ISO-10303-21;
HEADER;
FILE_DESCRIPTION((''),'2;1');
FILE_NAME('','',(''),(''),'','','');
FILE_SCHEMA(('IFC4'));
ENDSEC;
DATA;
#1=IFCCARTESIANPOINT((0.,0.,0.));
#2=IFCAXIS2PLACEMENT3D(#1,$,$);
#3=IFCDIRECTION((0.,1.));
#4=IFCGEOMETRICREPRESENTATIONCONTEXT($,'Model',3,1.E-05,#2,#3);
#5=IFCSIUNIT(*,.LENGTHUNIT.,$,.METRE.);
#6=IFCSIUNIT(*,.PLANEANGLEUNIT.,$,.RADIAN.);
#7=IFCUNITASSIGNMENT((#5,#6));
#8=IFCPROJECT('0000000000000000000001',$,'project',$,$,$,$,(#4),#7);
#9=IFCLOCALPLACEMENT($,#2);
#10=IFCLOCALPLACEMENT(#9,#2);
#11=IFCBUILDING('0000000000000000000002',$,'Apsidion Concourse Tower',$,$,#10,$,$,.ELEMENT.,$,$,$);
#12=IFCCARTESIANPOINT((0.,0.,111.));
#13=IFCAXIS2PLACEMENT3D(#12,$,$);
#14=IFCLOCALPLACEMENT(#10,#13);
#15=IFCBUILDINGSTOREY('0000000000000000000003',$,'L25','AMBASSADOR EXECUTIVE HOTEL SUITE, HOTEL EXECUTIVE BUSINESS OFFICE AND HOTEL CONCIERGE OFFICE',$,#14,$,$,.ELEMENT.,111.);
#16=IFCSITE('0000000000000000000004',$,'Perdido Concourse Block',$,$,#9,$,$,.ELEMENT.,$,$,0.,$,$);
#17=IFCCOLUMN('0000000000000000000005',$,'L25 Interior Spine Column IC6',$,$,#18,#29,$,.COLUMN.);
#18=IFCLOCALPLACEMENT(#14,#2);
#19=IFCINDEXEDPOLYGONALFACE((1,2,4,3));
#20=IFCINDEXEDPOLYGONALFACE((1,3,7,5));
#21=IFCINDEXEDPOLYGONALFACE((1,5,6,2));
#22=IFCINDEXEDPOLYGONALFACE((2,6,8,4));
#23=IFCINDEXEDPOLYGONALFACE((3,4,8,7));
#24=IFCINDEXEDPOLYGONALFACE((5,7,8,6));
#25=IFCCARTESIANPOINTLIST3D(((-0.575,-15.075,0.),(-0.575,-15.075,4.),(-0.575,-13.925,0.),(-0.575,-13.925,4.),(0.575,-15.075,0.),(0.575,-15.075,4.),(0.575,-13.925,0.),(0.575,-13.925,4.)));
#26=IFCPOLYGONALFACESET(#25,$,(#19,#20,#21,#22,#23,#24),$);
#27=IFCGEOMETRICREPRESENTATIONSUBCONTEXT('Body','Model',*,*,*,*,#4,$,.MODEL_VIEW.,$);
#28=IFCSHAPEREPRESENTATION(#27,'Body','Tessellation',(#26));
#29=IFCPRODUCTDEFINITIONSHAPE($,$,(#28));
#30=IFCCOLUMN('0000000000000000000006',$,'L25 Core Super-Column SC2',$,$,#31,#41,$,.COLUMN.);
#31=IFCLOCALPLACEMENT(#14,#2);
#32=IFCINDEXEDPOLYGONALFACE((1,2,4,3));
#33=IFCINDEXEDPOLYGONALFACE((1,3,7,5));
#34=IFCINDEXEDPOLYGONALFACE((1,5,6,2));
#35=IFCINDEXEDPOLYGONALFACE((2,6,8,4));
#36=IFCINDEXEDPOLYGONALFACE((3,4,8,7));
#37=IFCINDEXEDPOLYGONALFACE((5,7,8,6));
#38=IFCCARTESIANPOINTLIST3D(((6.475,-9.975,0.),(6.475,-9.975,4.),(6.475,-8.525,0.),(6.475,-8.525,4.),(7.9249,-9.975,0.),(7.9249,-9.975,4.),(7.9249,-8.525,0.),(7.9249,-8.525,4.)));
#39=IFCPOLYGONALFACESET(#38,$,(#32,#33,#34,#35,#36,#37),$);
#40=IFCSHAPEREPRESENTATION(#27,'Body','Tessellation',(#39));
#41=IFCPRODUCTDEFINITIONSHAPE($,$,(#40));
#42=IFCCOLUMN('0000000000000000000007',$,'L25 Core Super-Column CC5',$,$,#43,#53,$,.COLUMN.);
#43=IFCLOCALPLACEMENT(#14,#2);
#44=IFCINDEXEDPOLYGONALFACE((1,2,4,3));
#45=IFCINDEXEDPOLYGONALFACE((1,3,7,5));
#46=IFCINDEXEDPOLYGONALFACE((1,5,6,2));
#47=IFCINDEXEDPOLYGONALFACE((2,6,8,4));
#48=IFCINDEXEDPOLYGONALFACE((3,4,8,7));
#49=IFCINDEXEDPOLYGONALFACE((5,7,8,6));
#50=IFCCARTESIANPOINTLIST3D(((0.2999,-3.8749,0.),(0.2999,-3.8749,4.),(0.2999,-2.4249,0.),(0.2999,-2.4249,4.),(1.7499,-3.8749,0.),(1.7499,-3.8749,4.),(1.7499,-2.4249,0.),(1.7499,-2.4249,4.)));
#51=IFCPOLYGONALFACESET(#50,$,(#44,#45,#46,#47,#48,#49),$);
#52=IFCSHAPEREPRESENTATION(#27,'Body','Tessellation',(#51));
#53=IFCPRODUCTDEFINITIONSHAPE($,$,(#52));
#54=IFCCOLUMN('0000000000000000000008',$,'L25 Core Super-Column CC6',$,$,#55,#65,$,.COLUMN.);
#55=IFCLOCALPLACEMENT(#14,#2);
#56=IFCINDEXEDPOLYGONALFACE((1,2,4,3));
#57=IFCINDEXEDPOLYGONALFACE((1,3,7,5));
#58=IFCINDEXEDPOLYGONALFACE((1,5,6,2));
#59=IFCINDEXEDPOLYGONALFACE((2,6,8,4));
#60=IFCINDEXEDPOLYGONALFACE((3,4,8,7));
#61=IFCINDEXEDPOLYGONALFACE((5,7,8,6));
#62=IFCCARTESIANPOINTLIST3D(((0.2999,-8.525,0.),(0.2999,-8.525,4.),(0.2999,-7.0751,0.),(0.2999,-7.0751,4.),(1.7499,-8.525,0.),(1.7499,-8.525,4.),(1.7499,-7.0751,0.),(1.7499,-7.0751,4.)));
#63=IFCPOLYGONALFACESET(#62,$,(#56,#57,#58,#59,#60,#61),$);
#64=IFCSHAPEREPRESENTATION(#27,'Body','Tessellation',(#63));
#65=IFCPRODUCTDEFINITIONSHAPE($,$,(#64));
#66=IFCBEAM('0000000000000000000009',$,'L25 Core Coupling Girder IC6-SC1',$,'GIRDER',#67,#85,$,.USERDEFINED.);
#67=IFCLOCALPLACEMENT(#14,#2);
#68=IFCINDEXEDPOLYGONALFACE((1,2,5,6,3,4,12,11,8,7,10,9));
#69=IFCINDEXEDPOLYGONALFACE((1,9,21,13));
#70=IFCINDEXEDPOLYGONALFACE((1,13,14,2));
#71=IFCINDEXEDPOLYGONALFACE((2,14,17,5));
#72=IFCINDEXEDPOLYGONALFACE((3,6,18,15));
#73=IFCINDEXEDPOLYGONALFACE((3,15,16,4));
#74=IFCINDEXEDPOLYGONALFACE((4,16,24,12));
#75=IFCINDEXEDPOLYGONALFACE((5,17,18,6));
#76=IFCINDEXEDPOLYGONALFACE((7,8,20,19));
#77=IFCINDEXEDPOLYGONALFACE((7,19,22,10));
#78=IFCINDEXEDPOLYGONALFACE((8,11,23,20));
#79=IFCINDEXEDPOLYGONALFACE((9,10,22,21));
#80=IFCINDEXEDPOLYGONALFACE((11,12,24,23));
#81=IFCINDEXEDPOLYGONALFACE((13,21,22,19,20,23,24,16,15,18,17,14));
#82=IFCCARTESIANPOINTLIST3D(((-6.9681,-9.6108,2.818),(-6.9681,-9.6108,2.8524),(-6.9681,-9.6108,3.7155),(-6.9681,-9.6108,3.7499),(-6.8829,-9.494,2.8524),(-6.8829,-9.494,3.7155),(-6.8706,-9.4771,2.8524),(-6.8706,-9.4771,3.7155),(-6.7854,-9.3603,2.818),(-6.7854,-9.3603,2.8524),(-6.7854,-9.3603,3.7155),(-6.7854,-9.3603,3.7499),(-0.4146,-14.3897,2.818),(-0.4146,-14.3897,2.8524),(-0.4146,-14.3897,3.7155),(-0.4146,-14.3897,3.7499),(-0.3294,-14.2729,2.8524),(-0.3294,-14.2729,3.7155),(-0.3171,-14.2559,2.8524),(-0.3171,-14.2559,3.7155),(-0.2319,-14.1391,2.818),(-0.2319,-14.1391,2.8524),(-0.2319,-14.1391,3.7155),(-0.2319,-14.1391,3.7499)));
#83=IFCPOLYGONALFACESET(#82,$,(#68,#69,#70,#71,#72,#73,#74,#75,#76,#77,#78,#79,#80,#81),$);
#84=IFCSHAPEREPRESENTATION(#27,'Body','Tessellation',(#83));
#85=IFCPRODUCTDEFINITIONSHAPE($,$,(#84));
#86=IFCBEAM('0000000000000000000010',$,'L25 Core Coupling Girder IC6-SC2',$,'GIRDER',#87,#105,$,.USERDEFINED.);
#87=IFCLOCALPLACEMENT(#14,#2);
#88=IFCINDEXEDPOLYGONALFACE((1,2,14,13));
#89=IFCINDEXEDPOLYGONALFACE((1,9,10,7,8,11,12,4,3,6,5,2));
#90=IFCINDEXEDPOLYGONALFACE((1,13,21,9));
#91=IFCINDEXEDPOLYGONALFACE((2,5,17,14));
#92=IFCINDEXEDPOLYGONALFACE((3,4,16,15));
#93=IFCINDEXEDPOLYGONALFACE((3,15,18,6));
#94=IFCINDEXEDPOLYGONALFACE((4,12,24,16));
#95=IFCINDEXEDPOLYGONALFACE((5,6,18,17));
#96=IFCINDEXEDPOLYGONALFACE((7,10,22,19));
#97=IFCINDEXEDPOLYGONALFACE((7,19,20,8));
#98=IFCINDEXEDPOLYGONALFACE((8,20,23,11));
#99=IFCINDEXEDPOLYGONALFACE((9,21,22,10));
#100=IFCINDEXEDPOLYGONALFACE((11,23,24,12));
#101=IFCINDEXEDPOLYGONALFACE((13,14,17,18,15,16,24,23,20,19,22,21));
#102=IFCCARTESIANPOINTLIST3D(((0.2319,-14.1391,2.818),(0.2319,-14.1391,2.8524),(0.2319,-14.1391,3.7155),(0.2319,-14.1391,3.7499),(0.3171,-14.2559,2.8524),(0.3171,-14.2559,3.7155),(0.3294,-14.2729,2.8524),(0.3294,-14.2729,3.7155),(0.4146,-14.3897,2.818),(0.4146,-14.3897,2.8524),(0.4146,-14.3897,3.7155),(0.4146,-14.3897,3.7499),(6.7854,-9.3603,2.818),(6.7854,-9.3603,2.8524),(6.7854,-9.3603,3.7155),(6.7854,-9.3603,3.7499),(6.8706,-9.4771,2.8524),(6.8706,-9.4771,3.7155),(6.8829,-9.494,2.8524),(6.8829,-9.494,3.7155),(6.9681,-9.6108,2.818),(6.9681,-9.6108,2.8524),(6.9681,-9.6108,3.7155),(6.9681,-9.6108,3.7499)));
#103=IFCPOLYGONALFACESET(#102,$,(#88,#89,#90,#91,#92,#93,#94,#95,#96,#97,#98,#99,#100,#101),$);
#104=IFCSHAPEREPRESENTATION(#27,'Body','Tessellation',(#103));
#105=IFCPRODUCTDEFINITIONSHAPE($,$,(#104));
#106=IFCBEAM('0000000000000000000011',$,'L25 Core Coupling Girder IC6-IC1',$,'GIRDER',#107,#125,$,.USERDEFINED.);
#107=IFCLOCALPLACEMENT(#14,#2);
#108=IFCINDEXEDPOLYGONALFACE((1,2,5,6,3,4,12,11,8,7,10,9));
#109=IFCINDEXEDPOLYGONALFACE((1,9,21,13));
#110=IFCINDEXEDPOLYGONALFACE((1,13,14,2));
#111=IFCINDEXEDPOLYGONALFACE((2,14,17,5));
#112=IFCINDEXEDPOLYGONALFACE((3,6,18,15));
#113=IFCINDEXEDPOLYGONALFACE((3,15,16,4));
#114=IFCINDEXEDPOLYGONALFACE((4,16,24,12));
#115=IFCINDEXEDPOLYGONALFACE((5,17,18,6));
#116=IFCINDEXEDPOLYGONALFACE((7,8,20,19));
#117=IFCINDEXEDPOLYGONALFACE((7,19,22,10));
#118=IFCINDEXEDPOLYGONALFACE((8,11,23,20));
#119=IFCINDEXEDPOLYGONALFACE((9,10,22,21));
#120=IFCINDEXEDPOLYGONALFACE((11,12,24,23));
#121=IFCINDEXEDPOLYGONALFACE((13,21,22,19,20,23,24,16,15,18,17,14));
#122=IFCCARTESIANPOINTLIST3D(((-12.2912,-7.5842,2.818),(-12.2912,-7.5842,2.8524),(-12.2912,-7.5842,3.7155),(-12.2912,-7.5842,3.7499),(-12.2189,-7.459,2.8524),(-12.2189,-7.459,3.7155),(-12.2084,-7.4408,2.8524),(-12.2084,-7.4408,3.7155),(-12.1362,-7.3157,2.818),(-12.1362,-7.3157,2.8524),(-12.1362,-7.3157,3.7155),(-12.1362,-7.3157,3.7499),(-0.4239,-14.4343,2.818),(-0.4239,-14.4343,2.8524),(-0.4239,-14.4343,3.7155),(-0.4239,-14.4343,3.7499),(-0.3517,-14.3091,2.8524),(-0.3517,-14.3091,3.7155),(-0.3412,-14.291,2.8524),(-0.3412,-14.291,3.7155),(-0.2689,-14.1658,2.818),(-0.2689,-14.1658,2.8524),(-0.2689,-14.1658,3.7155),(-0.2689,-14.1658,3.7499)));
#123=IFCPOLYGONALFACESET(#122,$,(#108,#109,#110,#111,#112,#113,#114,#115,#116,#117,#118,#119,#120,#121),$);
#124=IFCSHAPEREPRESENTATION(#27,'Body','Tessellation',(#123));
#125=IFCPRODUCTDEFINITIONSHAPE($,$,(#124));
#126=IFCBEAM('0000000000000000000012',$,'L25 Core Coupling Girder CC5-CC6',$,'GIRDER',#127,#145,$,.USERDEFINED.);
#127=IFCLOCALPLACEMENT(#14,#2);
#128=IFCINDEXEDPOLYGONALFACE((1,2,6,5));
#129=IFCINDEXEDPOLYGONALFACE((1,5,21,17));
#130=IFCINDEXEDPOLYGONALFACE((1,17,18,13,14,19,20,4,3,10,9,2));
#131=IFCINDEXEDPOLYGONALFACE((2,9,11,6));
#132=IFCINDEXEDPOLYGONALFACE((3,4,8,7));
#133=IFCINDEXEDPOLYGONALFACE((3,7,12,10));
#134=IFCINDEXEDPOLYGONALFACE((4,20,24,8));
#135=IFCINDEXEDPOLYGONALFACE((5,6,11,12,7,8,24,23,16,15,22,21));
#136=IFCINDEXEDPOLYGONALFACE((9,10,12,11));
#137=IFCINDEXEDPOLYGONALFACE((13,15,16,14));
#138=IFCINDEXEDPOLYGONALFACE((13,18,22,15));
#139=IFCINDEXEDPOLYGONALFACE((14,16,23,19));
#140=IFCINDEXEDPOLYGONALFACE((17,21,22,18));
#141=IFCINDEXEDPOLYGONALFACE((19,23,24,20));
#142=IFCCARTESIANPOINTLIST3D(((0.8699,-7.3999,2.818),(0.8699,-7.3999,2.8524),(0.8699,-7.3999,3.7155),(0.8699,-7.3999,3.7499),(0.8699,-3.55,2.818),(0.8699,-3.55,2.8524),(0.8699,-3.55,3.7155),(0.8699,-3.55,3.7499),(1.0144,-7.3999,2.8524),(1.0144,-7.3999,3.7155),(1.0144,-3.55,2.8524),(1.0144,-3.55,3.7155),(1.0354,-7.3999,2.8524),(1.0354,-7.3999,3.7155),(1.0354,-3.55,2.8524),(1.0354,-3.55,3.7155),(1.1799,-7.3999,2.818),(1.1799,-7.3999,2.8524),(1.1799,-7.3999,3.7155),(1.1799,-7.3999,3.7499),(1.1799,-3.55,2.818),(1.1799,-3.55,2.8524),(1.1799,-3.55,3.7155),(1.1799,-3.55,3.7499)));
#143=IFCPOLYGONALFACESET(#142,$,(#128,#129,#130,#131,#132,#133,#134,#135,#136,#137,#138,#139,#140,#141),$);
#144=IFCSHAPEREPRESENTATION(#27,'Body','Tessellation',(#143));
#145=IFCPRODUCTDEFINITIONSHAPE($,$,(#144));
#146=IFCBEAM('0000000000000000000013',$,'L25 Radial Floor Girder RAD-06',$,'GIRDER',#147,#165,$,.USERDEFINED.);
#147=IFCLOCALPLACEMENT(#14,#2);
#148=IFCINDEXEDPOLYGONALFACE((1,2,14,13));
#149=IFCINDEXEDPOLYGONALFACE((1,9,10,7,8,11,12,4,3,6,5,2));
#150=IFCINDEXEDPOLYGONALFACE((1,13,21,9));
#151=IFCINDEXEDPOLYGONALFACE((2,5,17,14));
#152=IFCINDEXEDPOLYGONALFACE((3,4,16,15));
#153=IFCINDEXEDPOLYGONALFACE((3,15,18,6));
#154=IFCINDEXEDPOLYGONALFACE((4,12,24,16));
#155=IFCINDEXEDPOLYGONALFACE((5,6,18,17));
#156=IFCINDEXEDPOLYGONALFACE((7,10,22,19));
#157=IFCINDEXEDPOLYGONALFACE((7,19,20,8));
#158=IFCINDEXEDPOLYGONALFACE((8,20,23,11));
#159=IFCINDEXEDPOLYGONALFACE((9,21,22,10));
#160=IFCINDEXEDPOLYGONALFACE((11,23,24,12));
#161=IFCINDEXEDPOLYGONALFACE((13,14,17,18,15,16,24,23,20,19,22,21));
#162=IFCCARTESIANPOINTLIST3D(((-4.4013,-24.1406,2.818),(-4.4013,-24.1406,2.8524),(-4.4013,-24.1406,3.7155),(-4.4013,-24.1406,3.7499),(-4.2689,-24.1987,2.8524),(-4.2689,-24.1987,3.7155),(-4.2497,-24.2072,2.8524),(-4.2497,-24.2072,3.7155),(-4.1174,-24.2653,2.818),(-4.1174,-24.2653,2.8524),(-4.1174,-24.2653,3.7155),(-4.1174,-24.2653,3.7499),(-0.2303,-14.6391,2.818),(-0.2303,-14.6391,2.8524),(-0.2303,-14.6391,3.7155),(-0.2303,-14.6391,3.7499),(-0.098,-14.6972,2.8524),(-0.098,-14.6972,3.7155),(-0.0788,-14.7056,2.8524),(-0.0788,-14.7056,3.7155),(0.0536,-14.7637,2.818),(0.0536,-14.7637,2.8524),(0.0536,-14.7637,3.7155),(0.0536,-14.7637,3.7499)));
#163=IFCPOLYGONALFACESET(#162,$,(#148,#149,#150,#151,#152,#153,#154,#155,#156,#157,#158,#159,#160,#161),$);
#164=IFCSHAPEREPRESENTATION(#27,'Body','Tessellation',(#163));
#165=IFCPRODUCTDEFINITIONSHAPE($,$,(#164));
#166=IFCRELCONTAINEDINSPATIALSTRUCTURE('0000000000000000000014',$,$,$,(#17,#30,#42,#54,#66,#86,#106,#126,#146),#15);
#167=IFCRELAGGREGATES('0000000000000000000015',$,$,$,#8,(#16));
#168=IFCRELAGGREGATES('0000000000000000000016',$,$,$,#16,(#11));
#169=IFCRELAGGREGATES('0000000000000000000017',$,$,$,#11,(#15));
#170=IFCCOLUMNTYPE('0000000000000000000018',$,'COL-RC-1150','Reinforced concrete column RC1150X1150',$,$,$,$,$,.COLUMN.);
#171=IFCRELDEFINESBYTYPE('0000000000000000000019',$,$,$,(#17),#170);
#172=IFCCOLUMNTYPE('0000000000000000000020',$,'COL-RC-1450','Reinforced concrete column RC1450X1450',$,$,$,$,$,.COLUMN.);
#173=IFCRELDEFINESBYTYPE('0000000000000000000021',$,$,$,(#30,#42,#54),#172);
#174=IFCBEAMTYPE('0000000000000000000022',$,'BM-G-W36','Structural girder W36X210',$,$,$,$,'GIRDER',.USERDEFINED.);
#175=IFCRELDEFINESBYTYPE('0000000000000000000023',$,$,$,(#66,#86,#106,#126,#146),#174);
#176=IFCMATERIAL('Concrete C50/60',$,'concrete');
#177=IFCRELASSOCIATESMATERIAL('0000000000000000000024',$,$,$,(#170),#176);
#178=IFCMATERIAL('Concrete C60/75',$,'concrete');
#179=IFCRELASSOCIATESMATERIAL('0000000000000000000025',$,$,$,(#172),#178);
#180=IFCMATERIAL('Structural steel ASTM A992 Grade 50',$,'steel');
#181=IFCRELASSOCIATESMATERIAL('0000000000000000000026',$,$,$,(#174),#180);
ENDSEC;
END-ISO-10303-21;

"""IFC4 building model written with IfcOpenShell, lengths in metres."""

from ifc_helpers import new_model, si_unit, direction, frame, origin, origin_2d, place, context, subcontext, project, spatial, rectangle, i_section, extrude, material, material_profile, profile_set, type_object, element, save


model = new_model("IFC4")

# Units and contexts
model_context = context("Model", 3, precision=1e-05, world=origin(), true_north=direction((0.0, 1.0)))
body_context = subcontext(model_context, "Body", "Model", "MODEL_VIEW")
ifc_project = project(units=[si_unit("LENGTHUNIT", "METRE"), si_unit("PLANEANGLEUNIT", "RADIAN")], contexts=[model_context])

# Site, building, storey
site_placement = place(None, origin())
site = spatial("IfcSite", under=ifc_project, at=site_placement, Name="Perdido Concourse Block", CompositionType="ELEMENT", RefElevation=0.0)
building_placement = place(site_placement, origin())
building = spatial("IfcBuilding", under=site, at=building_placement, Name="Apsidion Concourse Tower", CompositionType="ELEMENT")
storey_placement = place(building_placement, frame((0.0, 0.0, 111.0)))
storey = spatial("IfcBuildingStorey", under=building, at=storey_placement, Name="L25", Description="AMBASSADOR EXECUTIVE HOTEL SUITE, HOTEL EXECUTIVE BUSINESS OFFICE AND HOTEL CONCIERGE OFFICE", CompositionType="ELEMENT", Elevation=111.0)

# Columns
ifc_material_1 = material(Name="Concrete C50/60", Category="concrete")
ifc_material_profile_1 = material_profile(ifc_material_1, rectangle(XDim=1.1499, YDim=1.1499, at=origin_2d()), Name="RC 1150x1150")
ifc_profile_set_1 = profile_set([ifc_material_profile_1], Name="Concrete C50/60")
column_type_1 = type_object("IfcColumnType", Name="COL-RC-1150", Description="Reinforced concrete column RC1150X1150", PredefinedType="COLUMN", material=ifc_profile_set_1)
column_placement = place(storey_placement, frame((0.0, -14.5, 0.0), z_axis=(0.0, 0.0, 1.0), x_axis=(1.0, 0.0, 0.0)))
element("IfcColumn", 1, at=column_placement, inside=storey, type_object=column_type_1, Name="L25 Interior Spine Column IC6", PredefinedType="COLUMN", context=body_context, shape_type="SweptSolid", body=[
    extrude(rectangle(XDim=1.1499, YDim=1.1499, at=origin_2d()), origin(), (0.0, 0.0, 1.0), 4.0),
])
ifc_material_2 = material(Name="Concrete C60/75", Category="concrete")
ifc_material_profile_2 = material_profile(ifc_material_2, rectangle(XDim=1.45, YDim=1.45, at=origin_2d()), Name="RC 1450x1450")
ifc_profile_set_2 = profile_set([ifc_material_profile_2], Name="Concrete C60/75")
column_type_2 = type_object("IfcColumnType", Name="COL-RC-1450", Description="Reinforced concrete column RC1450X1450", PredefinedType="COLUMN", material=ifc_profile_set_2)
for number, where, z_axis, x_axis, name in (
    (2, (7.2, -9.25, 0.0), (0.0, 0.0, 1.0), (1.0, 0.0, 0.0), "L25 Core Super-Column SC2"),
    (3, (1.0249, -3.1499, 0.0), (0.0, 0.0, 1.0), (1.0, 0.0, 0.0), "L25 Core Super-Column CC5"),
    (4, (1.0249, -7.8, 0.0), (0.0, 0.0, 1.0), (1.0, 0.0, 0.0), "L25 Core Super-Column CC6"),
):
    element("IfcColumn", number, at=place(storey_placement, frame(where, z_axis=z_axis, x_axis=x_axis)), inside=storey, type_object=column_type_2, Name=name, PredefinedType="COLUMN", context=body_context, shape_type="SweptSolid", body=[
        extrude(rectangle(XDim=1.45, YDim=1.45, at=origin_2d()), origin(), (0.0, 0.0, 1.0), 4.0),
    ])

# Beams
ifc_material_3 = material(Name="Structural steel ASTM A992 Grade 50", Category="steel")
ifc_material_profile_3 = material_profile(ifc_material_3, i_section(OverallWidth=0.3101, OverallDepth=0.9319, WebThickness=0.021, FlangeThickness=0.0344, at=origin_2d()), Name="W36X210")
ifc_profile_set_3 = profile_set([ifc_material_profile_3], Name="Structural steel ASTM A992 Grade 50")
beam_type = type_object("IfcBeamType", Name="BM-G-W36", Description="Structural girder W36X210", ElementType="GIRDER", PredefinedType="USERDEFINED", material=ifc_profile_set_3)
for number, where, z_axis, x_axis, name in (
    (5, (-0.3232, -14.2644, 3.2839), (-0.807993, 0.589191, 0.0), (-0.589191, -0.807993, 0.0), "L25 Core Coupling Girder IC6-SC1"),
    (6, (0.3232, -14.2644, 3.2839), (0.807993, 0.589191, 0.0), (-0.589191, 0.807993, 0.0), "L25 Core Coupling Girder IC6-SC2"),
):
    element("IfcBeam", number, at=place(storey_placement, frame(where, z_axis=z_axis, x_axis=x_axis)), inside=storey, type_object=beam_type, Name=name, ObjectType="GIRDER", PredefinedType="USERDEFINED", context=body_context, shape_type="SweptSolid", body=[
        extrude(i_section(OverallWidth=0.3101, OverallDepth=0.9319, WebThickness=0.021, FlangeThickness=0.0344, at=origin_2d()), origin(), (0.0, 0.0, 1.0), 8.1108),
    ])
beam_1_placement = place(storey_placement, frame((-0.3464, -14.3, 3.2839), z_axis=(-0.86607, 0.499922, 0.0), x_axis=(-0.499922, -0.86607, 0.0)))
element("IfcBeam", 7, at=beam_1_placement, inside=storey, type_object=beam_type, Name="L25 Core Coupling Girder IC6-IC1", ObjectType="GIRDER", PredefinedType="USERDEFINED", context=body_context, shape_type="SweptSolid", body=[
    extrude(i_section(OverallWidth=0.3101, OverallDepth=0.9319, WebThickness=0.021, FlangeThickness=0.0344, at=origin_2d()), origin(), (0.0, 0.0, 1.0), 13.7024),
])
beam_2_placement = place(storey_placement, frame((1.0249, -3.55, 3.2839), z_axis=(0.0, -1.0, 0.0), x_axis=(1.0, 0.0, 0.0)))
element("IfcBeam", 8, at=beam_2_placement, inside=storey, type_object=beam_type, Name="L25 Core Coupling Girder CC5-CC6", ObjectType="GIRDER", PredefinedType="USERDEFINED", context=body_context, shape_type="SweptSolid", body=[
    extrude(i_section(OverallWidth=0.3101, OverallDepth=0.9319, WebThickness=0.021, FlangeThickness=0.0344, at=origin_2d()), origin(), (0.0, 0.0, 1.0), 3.8499),
])
beam_3_placement = place(storey_placement, frame((-0.0884, -14.7014, 3.2839), z_axis=(-0.401952, -0.915661, 0.0), x_axis=(0.915661, -0.401952, 0.0)))
element("IfcBeam", 9, at=beam_3_placement, inside=storey, type_object=beam_type, Name="L25 Radial Floor Girder RAD-06", ObjectType="GIRDER", PredefinedType="USERDEFINED", context=body_context, shape_type="SweptSolid", body=[
    extrude(i_section(OverallWidth=0.3101, OverallDepth=0.9319, WebThickness=0.021, FlangeThickness=0.0344, at=origin_2d()), origin(), (0.0, 0.0, 1.0), 10.3767),
])

save(model, "model.ifc")
